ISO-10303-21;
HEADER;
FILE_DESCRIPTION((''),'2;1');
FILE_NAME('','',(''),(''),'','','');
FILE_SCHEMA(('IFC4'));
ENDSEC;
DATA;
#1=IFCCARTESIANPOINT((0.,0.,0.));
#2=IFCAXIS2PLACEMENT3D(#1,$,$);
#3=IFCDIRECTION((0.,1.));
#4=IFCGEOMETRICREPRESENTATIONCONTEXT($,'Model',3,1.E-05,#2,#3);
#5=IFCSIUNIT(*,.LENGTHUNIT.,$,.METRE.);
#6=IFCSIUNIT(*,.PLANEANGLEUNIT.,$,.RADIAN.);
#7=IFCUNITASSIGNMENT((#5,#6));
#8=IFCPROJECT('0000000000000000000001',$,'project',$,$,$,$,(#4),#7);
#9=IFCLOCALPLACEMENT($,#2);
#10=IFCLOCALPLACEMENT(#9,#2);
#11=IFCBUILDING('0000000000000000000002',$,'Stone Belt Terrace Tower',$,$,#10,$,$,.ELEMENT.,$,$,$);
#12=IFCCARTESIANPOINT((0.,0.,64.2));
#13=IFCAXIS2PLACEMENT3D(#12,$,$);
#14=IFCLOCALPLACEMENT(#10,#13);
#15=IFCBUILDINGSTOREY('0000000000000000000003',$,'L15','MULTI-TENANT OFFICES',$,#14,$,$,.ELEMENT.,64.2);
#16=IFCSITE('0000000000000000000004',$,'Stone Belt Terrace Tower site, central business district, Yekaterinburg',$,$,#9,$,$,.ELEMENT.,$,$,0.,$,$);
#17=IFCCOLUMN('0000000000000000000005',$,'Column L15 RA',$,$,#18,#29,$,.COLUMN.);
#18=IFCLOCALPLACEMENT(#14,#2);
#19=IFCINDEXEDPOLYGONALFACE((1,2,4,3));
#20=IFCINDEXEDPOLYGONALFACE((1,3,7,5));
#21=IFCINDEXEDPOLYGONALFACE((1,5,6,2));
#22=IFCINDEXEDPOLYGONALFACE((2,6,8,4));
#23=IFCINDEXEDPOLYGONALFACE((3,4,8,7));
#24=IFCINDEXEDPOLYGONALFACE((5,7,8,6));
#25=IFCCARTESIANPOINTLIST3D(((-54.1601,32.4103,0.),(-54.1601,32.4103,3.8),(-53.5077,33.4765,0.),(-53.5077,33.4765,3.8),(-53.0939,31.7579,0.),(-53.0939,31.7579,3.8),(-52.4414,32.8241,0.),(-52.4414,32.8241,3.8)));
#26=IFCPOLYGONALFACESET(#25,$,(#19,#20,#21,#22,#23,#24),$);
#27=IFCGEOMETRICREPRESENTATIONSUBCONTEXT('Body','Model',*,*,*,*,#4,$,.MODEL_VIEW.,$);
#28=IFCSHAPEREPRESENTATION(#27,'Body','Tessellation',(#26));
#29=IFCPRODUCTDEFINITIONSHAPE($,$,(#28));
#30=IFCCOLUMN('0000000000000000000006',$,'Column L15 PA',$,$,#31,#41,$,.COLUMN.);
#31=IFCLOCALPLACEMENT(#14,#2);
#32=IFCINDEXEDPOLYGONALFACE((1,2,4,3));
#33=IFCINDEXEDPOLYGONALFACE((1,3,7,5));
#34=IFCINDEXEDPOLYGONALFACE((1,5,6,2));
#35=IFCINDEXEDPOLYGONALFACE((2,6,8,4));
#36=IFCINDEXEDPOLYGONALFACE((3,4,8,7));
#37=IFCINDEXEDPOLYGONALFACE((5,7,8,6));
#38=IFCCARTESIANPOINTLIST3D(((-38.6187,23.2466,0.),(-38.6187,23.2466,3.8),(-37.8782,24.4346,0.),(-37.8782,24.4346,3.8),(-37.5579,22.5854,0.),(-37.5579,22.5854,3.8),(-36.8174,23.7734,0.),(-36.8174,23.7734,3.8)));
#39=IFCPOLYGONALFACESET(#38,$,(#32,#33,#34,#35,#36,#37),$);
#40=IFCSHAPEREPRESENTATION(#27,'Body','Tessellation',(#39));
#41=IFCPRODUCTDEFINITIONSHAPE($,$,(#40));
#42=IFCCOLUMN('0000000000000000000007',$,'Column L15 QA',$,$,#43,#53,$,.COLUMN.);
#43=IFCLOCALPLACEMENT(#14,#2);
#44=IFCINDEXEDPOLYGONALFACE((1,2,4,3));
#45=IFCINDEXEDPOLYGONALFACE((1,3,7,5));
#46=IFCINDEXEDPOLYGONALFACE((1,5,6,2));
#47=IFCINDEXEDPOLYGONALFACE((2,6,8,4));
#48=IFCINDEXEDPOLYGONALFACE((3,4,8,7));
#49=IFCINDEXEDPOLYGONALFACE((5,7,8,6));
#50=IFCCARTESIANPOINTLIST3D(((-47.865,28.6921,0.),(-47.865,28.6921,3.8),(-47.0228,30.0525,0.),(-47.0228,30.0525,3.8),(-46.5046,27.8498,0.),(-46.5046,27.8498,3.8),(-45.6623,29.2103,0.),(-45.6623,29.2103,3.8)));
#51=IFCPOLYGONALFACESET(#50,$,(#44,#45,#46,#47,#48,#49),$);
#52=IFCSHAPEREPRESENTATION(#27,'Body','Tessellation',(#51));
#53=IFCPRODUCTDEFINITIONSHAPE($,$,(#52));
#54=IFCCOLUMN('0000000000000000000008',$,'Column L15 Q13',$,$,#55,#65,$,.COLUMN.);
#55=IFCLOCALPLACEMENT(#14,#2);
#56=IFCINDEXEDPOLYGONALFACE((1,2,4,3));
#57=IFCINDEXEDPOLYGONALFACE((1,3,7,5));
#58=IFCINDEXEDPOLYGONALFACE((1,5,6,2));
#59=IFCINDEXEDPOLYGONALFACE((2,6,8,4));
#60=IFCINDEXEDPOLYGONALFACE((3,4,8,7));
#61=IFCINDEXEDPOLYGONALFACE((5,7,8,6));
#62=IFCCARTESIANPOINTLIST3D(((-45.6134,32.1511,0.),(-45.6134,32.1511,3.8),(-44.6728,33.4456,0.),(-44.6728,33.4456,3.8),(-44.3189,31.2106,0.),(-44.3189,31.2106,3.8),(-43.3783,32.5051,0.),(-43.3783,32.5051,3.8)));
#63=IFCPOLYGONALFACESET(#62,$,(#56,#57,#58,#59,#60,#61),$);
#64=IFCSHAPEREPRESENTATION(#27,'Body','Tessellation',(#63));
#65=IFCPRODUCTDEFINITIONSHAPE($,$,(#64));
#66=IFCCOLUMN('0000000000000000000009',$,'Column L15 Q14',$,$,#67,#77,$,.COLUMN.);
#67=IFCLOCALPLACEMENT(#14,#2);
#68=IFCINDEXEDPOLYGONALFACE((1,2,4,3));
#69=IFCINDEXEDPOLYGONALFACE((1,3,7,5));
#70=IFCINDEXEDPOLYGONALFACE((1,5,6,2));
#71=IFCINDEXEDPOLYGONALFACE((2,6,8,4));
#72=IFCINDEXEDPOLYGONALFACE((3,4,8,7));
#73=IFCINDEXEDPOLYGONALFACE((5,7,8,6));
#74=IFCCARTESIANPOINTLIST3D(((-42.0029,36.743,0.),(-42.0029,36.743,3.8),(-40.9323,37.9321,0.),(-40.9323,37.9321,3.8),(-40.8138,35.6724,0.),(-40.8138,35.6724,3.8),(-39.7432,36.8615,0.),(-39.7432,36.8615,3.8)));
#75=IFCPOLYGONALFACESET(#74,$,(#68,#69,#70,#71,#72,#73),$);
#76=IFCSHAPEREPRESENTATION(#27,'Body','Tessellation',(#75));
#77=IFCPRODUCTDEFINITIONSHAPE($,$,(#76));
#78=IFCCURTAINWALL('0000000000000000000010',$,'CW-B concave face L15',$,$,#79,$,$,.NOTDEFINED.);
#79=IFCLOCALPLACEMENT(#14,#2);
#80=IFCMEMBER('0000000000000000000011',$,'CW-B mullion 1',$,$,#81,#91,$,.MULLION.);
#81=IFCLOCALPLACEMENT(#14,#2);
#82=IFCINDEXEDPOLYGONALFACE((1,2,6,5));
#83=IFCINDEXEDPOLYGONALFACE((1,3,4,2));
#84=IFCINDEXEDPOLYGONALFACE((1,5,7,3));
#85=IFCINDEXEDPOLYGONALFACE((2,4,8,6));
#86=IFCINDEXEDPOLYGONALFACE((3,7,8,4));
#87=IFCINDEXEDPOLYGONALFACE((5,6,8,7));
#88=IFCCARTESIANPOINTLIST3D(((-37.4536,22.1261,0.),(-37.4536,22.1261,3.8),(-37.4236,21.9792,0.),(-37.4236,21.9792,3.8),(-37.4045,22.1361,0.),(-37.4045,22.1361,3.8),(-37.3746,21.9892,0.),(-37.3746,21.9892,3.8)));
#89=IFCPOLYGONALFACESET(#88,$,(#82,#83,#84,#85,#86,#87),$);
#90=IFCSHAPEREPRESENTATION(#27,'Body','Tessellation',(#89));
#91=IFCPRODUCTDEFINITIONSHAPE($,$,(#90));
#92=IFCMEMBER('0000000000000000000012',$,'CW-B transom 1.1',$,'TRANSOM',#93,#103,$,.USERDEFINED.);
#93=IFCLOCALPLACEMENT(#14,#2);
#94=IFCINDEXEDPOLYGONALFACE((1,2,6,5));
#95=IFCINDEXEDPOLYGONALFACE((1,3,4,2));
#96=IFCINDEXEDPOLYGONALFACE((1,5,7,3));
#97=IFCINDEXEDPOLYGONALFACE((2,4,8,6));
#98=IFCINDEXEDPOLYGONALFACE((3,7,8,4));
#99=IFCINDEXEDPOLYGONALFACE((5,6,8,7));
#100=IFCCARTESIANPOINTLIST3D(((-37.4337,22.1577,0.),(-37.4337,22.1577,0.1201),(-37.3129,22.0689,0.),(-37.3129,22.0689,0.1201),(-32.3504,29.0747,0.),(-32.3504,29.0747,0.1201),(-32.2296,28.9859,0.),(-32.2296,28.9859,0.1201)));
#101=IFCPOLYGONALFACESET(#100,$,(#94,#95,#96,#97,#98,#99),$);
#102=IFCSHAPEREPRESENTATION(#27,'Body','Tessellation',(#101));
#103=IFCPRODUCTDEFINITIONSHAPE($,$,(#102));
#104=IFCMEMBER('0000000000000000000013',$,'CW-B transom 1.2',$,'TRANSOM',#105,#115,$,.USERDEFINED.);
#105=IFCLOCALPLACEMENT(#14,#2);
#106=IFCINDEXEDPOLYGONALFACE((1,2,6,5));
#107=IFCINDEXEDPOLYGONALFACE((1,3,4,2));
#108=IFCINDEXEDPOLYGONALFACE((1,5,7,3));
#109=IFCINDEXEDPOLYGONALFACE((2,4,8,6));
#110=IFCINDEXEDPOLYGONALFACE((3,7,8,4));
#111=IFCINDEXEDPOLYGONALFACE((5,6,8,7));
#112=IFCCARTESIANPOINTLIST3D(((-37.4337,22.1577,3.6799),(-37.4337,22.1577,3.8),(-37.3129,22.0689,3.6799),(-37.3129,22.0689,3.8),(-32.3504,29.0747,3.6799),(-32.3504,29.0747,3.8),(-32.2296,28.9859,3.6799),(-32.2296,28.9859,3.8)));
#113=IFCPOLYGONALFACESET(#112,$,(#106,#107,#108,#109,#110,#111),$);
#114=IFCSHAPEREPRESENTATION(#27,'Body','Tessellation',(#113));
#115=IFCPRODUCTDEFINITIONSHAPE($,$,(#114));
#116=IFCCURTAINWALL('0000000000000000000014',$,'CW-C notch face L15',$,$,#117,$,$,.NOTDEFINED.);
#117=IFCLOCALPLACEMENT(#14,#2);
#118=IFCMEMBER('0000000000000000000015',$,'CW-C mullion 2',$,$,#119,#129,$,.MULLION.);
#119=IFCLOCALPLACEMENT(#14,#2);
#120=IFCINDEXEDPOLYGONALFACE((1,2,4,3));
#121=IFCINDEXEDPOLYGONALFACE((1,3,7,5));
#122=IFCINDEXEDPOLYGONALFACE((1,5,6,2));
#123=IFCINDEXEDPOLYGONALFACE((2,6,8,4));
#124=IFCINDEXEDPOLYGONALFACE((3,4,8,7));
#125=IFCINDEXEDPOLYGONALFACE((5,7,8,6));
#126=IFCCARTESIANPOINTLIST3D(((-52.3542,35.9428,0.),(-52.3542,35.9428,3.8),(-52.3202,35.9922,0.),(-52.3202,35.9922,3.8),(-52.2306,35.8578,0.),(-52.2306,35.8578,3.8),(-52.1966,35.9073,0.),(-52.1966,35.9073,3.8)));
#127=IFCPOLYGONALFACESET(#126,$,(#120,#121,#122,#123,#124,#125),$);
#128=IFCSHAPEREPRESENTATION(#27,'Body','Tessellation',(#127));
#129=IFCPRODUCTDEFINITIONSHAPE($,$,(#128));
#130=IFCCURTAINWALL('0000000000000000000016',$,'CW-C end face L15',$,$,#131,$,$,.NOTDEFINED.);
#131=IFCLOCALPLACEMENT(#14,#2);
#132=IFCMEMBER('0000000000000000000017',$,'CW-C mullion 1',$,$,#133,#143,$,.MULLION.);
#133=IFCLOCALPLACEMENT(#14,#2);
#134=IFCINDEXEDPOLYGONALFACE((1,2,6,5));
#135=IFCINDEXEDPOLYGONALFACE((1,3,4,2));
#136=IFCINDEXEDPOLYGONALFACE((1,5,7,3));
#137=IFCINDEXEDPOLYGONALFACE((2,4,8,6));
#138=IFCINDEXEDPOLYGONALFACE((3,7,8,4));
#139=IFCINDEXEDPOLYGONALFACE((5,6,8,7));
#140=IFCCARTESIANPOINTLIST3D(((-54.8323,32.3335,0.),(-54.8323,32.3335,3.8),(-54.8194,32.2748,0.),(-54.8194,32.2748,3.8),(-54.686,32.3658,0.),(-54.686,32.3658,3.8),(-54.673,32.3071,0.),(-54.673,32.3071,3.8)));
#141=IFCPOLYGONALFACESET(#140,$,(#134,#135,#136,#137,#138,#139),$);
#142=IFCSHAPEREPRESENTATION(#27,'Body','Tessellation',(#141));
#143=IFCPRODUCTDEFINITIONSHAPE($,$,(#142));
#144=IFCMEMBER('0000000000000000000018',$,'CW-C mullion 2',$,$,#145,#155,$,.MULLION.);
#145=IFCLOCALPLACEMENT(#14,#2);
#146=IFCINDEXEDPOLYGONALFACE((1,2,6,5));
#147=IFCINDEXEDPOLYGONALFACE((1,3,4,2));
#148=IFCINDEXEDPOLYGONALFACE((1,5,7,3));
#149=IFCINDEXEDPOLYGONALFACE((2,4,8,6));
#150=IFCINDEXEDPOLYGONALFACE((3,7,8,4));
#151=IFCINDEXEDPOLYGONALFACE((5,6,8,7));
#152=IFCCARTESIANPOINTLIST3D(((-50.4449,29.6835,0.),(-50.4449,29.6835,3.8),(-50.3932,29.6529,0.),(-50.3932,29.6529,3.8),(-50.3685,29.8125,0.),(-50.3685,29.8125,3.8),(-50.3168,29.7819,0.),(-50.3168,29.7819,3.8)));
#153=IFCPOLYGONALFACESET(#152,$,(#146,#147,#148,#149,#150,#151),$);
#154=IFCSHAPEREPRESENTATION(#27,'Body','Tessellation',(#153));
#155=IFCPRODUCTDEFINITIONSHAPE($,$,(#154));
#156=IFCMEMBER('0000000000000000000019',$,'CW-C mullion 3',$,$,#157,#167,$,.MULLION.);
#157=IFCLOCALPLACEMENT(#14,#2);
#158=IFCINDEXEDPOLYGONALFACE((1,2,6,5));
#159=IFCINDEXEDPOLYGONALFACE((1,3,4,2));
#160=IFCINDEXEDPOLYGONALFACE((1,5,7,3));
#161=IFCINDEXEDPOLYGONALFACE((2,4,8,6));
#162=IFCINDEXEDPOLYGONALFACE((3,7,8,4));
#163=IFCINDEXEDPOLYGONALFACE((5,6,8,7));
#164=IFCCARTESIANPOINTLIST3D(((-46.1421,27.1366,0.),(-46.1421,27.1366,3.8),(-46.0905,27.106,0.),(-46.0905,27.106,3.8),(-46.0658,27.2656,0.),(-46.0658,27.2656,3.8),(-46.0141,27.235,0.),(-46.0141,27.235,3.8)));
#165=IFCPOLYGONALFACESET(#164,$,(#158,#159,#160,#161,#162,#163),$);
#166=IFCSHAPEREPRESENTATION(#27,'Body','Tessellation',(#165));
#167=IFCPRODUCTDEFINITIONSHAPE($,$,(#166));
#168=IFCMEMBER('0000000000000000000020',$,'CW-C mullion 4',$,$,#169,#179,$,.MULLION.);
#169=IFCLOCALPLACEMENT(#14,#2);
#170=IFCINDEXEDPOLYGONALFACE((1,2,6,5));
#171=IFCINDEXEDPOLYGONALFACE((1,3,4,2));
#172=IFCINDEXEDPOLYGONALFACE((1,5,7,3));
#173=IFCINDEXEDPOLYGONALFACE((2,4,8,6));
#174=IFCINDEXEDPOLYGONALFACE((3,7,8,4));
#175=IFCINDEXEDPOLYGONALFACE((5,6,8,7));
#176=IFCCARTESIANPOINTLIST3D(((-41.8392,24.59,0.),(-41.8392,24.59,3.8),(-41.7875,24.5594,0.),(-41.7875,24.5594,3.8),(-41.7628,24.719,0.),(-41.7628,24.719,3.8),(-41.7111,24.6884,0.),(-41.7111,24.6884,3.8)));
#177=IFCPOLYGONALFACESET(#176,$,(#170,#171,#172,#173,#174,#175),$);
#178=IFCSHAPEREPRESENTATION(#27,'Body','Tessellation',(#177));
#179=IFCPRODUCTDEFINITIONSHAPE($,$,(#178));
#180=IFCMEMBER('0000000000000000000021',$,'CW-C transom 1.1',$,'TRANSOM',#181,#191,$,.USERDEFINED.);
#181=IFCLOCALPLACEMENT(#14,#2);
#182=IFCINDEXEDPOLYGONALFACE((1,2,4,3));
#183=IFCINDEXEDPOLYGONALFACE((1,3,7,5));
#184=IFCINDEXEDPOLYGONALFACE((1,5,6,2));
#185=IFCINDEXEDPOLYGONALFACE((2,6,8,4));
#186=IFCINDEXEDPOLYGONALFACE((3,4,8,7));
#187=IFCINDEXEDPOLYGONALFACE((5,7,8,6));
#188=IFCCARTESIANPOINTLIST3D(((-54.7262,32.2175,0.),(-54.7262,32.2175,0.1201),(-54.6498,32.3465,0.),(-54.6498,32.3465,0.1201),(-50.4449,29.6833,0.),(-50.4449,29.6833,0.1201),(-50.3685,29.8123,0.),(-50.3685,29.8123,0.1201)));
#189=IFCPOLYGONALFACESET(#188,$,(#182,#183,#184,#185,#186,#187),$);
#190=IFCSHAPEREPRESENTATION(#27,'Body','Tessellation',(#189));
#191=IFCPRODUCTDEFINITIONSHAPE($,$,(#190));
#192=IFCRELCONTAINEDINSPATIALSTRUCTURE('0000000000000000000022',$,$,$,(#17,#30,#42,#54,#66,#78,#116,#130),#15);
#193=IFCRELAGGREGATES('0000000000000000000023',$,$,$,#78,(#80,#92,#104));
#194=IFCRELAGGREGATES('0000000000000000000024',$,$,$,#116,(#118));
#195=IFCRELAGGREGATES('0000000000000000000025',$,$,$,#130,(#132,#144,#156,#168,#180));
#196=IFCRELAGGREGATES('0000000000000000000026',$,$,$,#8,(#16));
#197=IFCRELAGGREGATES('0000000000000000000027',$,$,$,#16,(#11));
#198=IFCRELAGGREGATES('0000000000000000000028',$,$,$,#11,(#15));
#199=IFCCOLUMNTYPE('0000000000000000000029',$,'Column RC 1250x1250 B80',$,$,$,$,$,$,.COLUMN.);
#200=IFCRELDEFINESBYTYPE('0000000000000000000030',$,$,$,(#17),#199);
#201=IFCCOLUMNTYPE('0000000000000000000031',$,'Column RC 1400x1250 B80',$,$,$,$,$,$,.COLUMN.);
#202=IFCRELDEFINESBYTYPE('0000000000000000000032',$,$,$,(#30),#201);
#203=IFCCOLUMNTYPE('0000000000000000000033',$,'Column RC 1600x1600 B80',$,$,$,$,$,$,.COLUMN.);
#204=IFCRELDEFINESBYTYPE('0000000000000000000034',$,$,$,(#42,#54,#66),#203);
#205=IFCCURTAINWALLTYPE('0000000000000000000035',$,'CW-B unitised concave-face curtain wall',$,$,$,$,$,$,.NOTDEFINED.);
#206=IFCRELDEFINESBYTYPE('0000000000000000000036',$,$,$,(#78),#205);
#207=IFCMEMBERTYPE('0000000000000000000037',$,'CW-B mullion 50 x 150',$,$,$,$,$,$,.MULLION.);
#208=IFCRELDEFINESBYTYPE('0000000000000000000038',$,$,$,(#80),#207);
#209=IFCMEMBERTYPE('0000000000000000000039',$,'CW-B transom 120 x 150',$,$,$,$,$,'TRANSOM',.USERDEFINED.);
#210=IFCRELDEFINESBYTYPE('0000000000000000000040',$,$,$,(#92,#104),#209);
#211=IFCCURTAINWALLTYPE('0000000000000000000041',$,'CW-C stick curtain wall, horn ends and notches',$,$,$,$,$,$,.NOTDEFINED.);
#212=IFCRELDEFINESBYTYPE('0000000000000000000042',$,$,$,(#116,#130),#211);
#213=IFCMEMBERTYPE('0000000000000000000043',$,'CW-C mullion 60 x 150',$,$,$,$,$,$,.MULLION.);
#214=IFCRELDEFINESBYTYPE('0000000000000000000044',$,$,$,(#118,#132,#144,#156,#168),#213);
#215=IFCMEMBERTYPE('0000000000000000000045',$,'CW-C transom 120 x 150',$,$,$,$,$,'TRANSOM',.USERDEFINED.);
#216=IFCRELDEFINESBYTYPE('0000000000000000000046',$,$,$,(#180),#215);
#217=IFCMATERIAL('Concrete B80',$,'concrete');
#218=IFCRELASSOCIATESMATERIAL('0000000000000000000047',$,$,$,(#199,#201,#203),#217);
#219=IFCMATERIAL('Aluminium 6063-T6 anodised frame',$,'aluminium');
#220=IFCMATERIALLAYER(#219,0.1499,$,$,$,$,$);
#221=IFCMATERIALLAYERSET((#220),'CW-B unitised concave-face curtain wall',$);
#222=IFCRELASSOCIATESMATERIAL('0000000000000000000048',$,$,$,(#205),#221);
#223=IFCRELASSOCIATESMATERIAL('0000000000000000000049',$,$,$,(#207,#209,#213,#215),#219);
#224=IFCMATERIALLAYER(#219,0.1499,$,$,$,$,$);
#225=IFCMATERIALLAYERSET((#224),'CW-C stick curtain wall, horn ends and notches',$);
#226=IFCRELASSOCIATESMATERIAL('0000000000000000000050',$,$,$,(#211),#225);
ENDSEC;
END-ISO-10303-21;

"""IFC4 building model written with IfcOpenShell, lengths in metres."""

from ifc_helpers import new_model, si_unit, direction, frame, origin, origin_2d, place, context, subcontext, project, spatial, rectangle, extrude, material, layer, layer_set, material_profile, profile_set, type_object, element, aggregate, save


model = new_model("IFC4")

# Units and contexts
model_context = context("Model", 3, precision=1e-05, world=origin(), true_north=direction((0.0, 1.0)))
body_context = subcontext(model_context, "Body", "Model", "MODEL_VIEW")
ifc_project = project(units=[si_unit("LENGTHUNIT", "METRE"), si_unit("PLANEANGLEUNIT", "RADIAN")], contexts=[model_context])

# Site, building, storey
site_placement = place(None, origin())
site = spatial("IfcSite", under=ifc_project, at=site_placement, Name="Stone Belt Terrace Tower site, central business district, Yekaterinburg", CompositionType="ELEMENT", RefElevation=0.0)
building_placement = place(site_placement, origin())
building = spatial("IfcBuilding", under=site, at=building_placement, Name="Stone Belt Terrace Tower", CompositionType="ELEMENT")
storey_placement = place(building_placement, frame((0.0, 0.0, 64.2)))
storey = spatial("IfcBuildingStorey", under=building, at=storey_placement, Name="L15", Description="MULTI-TENANT OFFICES", CompositionType="ELEMENT", Elevation=64.2)

# Columns
ifc_material_1 = material(Name="Concrete B80", Category="concrete")
ifc_material_profile_1 = material_profile(ifc_material_1, rectangle(XDim=1.25, YDim=1.25, at=origin_2d()), Name="RC 1250x1250")
ifc_profile_set_1 = profile_set([ifc_material_profile_1], Name="Concrete B80")
column_type_1 = type_object("IfcColumnType", Name="Column RC 1250x1250 B80", PredefinedType="COLUMN", material=ifc_profile_set_1)
column_1_placement = place(storey_placement, frame((-53.3008, 32.6172, 0.0), z_axis=(0.0, 0.0, 1.0), x_axis=(0.521967, 0.852966, 0.0)))
element("IfcColumn", 1, at=column_1_placement, inside=storey, type_object=column_type_1, Name="Column L15 RA", PredefinedType="COLUMN", context=body_context, shape_type="SweptSolid", body=[
    extrude(rectangle(XDim=1.25, YDim=1.25, at=origin_2d()), origin(), (0.0, 0.0, 1.0), 3.8),
])
ifc_material_profile_2 = material_profile(ifc_material_1, rectangle(XDim=1.3999, YDim=1.25, at=origin_2d()), Name="RC 1400x1250")
ifc_profile_set_2 = profile_set([ifc_material_profile_2], Name="Concrete B80")
column_type_2 = type_object("IfcColumnType", Name="Column RC 1400x1250 B80", PredefinedType="COLUMN", material=ifc_profile_set_2)
column_2_placement = place(storey_placement, frame((-37.718, 23.51, 0.0), z_axis=(0.0, 0.0, 1.0), x_axis=(0.528967, 0.848642, 0.0)))
element("IfcColumn", 2, at=column_2_placement, inside=storey, type_object=column_type_2, Name="Column L15 PA", PredefinedType="COLUMN", context=body_context, shape_type="SweptSolid", body=[
    extrude(rectangle(XDim=1.3999, YDim=1.25, at=origin_2d()), origin(), (0.0, 0.0, 1.0), 3.8),
])
ifc_material_profile_3 = material_profile(ifc_material_1, rectangle(XDim=1.6001, YDim=1.6001, at=origin_2d()), Name="RC 1600x1600")
ifc_profile_set_3 = profile_set([ifc_material_profile_3], Name="Concrete B80")
column_type_3 = type_object("IfcColumnType", Name="Column RC 1600x1600 B80", PredefinedType="COLUMN", material=ifc_profile_set_3)
for number, where, z_axis, x_axis, name in (
    (3, (-46.7637, 28.9512, 0.0), (0.0, 0.0, 1.0), (0.526383, 0.850248, 0.0), "Column L15 QA"),
    (4, (-44.4958, 32.3281, 0.0), (0.0, 0.0, 1.0), (0.587785, 0.809017, 0.0), "Column L15 Q13"),
    (5, (-40.873, 36.8022, 0.0), (0.0, 0.0, 1.0), (0.669131, 0.743145, 0.0), "Column L15 Q14"),
):
    element("IfcColumn", number, at=place(storey_placement, frame(where, z_axis=z_axis, x_axis=x_axis)), inside=storey, type_object=column_type_3, Name=name, PredefinedType="COLUMN", context=body_context, shape_type="SweptSolid", body=[
        extrude(rectangle(XDim=1.6001, YDim=1.6001, at=origin_2d()), origin(), (0.0, 0.0, 1.0), 3.8),
    ])

# Curtain wall, members
ifc_material_2 = material(Name="Aluminium 6063-T6 anodised frame", Category="aluminium")
ifc_layer_1 = layer(ifc_material_2, 0.1499)
ifc_layer_set_1 = layer_set([ifc_layer_1], Name="CW-B unitised concave-face curtain wall")
curtain_wall_type_1 = type_object("IfcCurtainWallType", Name="CW-B unitised concave-face curtain wall", PredefinedType="NOTDEFINED", material=ifc_layer_set_1)
curtain_wall_1_placement = place(storey_placement, origin())
curtain_wall_1 = element("IfcCurtainWall", 6, at=curtain_wall_1_placement, inside=storey, type_object=curtain_wall_type_1, Name="CW-B concave face L15", PredefinedType="NOTDEFINED")
ifc_material_profile_4 = material_profile(ifc_material_2, rectangle(XDim=0.1499, YDim=0.05, at=origin_2d()), Name="Aluminium 6063-T6 50x150")
ifc_profile_set_4 = profile_set([ifc_material_profile_4], Name="Aluminium 6063-T6 anodised frame")
member_type_1 = type_object("IfcMemberType", Name="CW-B mullion 50 x 150", PredefinedType="MULLION", material=ifc_profile_set_4)
member_1_placement = place(storey_placement, frame((-37.4141, 22.0576, 0.0), z_axis=(0.0, 0.0, 1.0), x_axis=(-0.199957, 0.979805, 0.0)))
member_1 = element("IfcMember", 7, at=member_1_placement, type_object=member_type_1, Name="CW-B mullion 1", PredefinedType="MULLION", context=body_context, shape_type="SweptSolid", body=[
    extrude(rectangle(XDim=0.1499, YDim=0.05, at=origin_2d()), origin(), (0.0, 0.0, 1.0), 3.8),
])
ifc_material_profile_5 = material_profile(ifc_material_2, rectangle(XDim=0.1499, YDim=0.1201, at=origin_2d()), Name="Aluminium 6063-T6 150x120")
ifc_profile_set_5 = profile_set([ifc_material_profile_5], Name="Aluminium 6063-T6 anodised frame")
member_type_2 = type_object("IfcMemberType", Name="CW-B transom 120 x 150", ElementType="TRANSOM", PredefinedType="USERDEFINED", material=ifc_profile_set_5)
member_2_placement = place(storey_placement, frame((-37.3733, 22.1133, 0.0601), z_axis=(0.592181, 0.805805, 0.0), x_axis=(-0.805805, 0.592181, 0.0)))
member_2 = element("IfcMember", 8, at=member_2_placement, type_object=member_type_2, Name="CW-B transom 1.1", ObjectType="TRANSOM", PredefinedType="USERDEFINED", context=body_context, shape_type="SweptSolid", body=[
    extrude(rectangle(XDim=0.1499, YDim=0.1201, at=origin_2d()), origin(), (0.0, 0.0, 1.0), 8.584),
])
member_3_placement = place(storey_placement, frame((-37.3733, 22.1133, 3.74), z_axis=(0.592181, 0.805805, 0.0), x_axis=(-0.805805, 0.592181, 0.0)))
member_3 = element("IfcMember", 9, at=member_3_placement, type_object=member_type_2, Name="CW-B transom 1.2", ObjectType="TRANSOM", PredefinedType="USERDEFINED", context=body_context, shape_type="SweptSolid", body=[
    extrude(rectangle(XDim=0.1499, YDim=0.1201, at=origin_2d()), origin(), (0.0, 0.0, 1.0), 8.584),
])

# Curtain wall, member
ifc_layer_2 = layer(ifc_material_2, 0.1499)
ifc_layer_set_2 = layer_set([ifc_layer_2], Name="CW-C stick curtain wall, horn ends and notches")
curtain_wall_type_2 = type_object("IfcCurtainWallType", Name="CW-C stick curtain wall, horn ends and notches", PredefinedType="NOTDEFINED", material=ifc_layer_set_2)
curtain_wall_2_placement = place(storey_placement, origin())
curtain_wall_2 = element("IfcCurtainWall", 10, at=curtain_wall_2_placement, inside=storey, type_object=curtain_wall_type_2, Name="CW-C notch face L15", PredefinedType="NOTDEFINED")
ifc_material_profile_6 = material_profile(ifc_material_2, rectangle(XDim=0.1499, YDim=0.0601, at=origin_2d()), Name="Aluminium 6063-T6 60x150")
ifc_profile_set_6 = profile_set([ifc_material_profile_6], Name="Aluminium 6063-T6 anodised frame")
member_type_3 = type_object("IfcMemberType", Name="CW-C mullion 60 x 150", PredefinedType="MULLION", material=ifc_profile_set_6)
member_4_placement = place(storey_placement, frame((-52.2754, 35.925, 0.0), z_axis=(0.0, 0.0, 1.0), x_axis=(0.824147, -0.566376, 0.0)))
member_4 = element("IfcMember", 11, at=member_4_placement, type_object=member_type_3, Name="CW-C mullion 2", PredefinedType="MULLION", context=body_context, shape_type="SweptSolid", body=[
    extrude(rectangle(XDim=0.1499, YDim=0.0601, at=origin_2d()), origin(), (0.0, 0.0, 1.0), 3.8),
])

# Curtain wall, members
curtain_wall_3_placement = place(storey_placement, origin())
curtain_wall_3 = element("IfcCurtainWall", 12, at=curtain_wall_3_placement, inside=storey, type_object=curtain_wall_type_2, Name="CW-C end face L15", PredefinedType="NOTDEFINED")
member_5_placement = place(storey_placement, frame((-54.7527, 32.3203, 0.0), z_axis=(0.0, 0.0, 1.0), x_axis=(0.97652, 0.215429, 0.0)))
member_5 = element("IfcMember", 13, at=member_5_placement, type_object=member_type_3, Name="CW-C mullion 1", PredefinedType="MULLION", context=body_context, shape_type="SweptSolid", body=[
    extrude(rectangle(XDim=0.1499, YDim=0.0601, at=origin_2d()), origin(), (0.0, 0.0, 1.0), 3.8),
])
member_6_placement = place(storey_placement, frame((-50.3809, 29.7327, 0.0), z_axis=(0.0, 0.0, 1.0), x_axis=(0.509353, 0.860558, 0.0)))
member_6 = element("IfcMember", 14, at=member_6_placement, type_object=member_type_3, Name="CW-C mullion 2", PredefinedType="MULLION", context=body_context, shape_type="SweptSolid", body=[
    extrude(rectangle(XDim=0.1499, YDim=0.0601, at=origin_2d()), origin(), (0.0, 0.0, 1.0), 3.8),
])
member_7_placement = place(storey_placement, frame((-46.0781, 27.1858, 0.0), z_axis=(0.0, 0.0, 1.0), x_axis=(0.509353, 0.860558, 0.0)))
member_7 = element("IfcMember", 15, at=member_7_placement, type_object=member_type_3, Name="CW-C mullion 3", PredefinedType="MULLION", context=body_context, shape_type="SweptSolid", body=[
    extrude(rectangle(XDim=0.1499, YDim=0.0601, at=origin_2d()), origin(), (0.0, 0.0, 1.0), 3.8),
])
member_8_placement = place(storey_placement, frame((-41.7751, 24.6392, 0.0), z_axis=(0.0, 0.0, 1.0), x_axis=(0.509353, 0.860558, 0.0)))
member_8 = element("IfcMember", 16, at=member_8_placement, type_object=member_type_3, Name="CW-C mullion 4", PredefinedType="MULLION", context=body_context, shape_type="SweptSolid", body=[
    extrude(rectangle(XDim=0.1499, YDim=0.0601, at=origin_2d()), origin(), (0.0, 0.0, 1.0), 3.8),
])
ifc_material_profile_7 = material_profile(ifc_material_2, rectangle(XDim=0.1499, YDim=0.1201, at=origin_2d()), Name="Aluminium 6063-T6 150x120")
ifc_profile_set_7 = profile_set([ifc_material_profile_7], Name="Aluminium 6063-T6 anodised frame")
member_type_4 = type_object("IfcMemberType", Name="CW-C transom 120 x 150", ElementType="TRANSOM", PredefinedType="USERDEFINED", material=ifc_profile_set_7)
member_9_placement = place(storey_placement, frame((-54.688, 32.282, 0.0601), z_axis=(0.860543, -0.509377, 0.0), x_axis=(0.509377, 0.860543, 0.0)))
member_9 = element("IfcMember", 17, at=member_9_placement, type_object=member_type_4, Name="CW-C transom 1.1", ObjectType="TRANSOM", PredefinedType="USERDEFINED", context=body_context, shape_type="SweptSolid", body=[
    extrude(rectangle(XDim=0.1499, YDim=0.1201, at=origin_2d()), origin(), (0.0, 0.0, 1.0), 4.9751),
])

aggregate(curtain_wall_1, [member_1, member_2, member_3])
aggregate(curtain_wall_2, [member_4])
aggregate(curtain_wall_3, [member_5, member_6, member_7, member_8, member_9])

save(model, "model.ifc")
